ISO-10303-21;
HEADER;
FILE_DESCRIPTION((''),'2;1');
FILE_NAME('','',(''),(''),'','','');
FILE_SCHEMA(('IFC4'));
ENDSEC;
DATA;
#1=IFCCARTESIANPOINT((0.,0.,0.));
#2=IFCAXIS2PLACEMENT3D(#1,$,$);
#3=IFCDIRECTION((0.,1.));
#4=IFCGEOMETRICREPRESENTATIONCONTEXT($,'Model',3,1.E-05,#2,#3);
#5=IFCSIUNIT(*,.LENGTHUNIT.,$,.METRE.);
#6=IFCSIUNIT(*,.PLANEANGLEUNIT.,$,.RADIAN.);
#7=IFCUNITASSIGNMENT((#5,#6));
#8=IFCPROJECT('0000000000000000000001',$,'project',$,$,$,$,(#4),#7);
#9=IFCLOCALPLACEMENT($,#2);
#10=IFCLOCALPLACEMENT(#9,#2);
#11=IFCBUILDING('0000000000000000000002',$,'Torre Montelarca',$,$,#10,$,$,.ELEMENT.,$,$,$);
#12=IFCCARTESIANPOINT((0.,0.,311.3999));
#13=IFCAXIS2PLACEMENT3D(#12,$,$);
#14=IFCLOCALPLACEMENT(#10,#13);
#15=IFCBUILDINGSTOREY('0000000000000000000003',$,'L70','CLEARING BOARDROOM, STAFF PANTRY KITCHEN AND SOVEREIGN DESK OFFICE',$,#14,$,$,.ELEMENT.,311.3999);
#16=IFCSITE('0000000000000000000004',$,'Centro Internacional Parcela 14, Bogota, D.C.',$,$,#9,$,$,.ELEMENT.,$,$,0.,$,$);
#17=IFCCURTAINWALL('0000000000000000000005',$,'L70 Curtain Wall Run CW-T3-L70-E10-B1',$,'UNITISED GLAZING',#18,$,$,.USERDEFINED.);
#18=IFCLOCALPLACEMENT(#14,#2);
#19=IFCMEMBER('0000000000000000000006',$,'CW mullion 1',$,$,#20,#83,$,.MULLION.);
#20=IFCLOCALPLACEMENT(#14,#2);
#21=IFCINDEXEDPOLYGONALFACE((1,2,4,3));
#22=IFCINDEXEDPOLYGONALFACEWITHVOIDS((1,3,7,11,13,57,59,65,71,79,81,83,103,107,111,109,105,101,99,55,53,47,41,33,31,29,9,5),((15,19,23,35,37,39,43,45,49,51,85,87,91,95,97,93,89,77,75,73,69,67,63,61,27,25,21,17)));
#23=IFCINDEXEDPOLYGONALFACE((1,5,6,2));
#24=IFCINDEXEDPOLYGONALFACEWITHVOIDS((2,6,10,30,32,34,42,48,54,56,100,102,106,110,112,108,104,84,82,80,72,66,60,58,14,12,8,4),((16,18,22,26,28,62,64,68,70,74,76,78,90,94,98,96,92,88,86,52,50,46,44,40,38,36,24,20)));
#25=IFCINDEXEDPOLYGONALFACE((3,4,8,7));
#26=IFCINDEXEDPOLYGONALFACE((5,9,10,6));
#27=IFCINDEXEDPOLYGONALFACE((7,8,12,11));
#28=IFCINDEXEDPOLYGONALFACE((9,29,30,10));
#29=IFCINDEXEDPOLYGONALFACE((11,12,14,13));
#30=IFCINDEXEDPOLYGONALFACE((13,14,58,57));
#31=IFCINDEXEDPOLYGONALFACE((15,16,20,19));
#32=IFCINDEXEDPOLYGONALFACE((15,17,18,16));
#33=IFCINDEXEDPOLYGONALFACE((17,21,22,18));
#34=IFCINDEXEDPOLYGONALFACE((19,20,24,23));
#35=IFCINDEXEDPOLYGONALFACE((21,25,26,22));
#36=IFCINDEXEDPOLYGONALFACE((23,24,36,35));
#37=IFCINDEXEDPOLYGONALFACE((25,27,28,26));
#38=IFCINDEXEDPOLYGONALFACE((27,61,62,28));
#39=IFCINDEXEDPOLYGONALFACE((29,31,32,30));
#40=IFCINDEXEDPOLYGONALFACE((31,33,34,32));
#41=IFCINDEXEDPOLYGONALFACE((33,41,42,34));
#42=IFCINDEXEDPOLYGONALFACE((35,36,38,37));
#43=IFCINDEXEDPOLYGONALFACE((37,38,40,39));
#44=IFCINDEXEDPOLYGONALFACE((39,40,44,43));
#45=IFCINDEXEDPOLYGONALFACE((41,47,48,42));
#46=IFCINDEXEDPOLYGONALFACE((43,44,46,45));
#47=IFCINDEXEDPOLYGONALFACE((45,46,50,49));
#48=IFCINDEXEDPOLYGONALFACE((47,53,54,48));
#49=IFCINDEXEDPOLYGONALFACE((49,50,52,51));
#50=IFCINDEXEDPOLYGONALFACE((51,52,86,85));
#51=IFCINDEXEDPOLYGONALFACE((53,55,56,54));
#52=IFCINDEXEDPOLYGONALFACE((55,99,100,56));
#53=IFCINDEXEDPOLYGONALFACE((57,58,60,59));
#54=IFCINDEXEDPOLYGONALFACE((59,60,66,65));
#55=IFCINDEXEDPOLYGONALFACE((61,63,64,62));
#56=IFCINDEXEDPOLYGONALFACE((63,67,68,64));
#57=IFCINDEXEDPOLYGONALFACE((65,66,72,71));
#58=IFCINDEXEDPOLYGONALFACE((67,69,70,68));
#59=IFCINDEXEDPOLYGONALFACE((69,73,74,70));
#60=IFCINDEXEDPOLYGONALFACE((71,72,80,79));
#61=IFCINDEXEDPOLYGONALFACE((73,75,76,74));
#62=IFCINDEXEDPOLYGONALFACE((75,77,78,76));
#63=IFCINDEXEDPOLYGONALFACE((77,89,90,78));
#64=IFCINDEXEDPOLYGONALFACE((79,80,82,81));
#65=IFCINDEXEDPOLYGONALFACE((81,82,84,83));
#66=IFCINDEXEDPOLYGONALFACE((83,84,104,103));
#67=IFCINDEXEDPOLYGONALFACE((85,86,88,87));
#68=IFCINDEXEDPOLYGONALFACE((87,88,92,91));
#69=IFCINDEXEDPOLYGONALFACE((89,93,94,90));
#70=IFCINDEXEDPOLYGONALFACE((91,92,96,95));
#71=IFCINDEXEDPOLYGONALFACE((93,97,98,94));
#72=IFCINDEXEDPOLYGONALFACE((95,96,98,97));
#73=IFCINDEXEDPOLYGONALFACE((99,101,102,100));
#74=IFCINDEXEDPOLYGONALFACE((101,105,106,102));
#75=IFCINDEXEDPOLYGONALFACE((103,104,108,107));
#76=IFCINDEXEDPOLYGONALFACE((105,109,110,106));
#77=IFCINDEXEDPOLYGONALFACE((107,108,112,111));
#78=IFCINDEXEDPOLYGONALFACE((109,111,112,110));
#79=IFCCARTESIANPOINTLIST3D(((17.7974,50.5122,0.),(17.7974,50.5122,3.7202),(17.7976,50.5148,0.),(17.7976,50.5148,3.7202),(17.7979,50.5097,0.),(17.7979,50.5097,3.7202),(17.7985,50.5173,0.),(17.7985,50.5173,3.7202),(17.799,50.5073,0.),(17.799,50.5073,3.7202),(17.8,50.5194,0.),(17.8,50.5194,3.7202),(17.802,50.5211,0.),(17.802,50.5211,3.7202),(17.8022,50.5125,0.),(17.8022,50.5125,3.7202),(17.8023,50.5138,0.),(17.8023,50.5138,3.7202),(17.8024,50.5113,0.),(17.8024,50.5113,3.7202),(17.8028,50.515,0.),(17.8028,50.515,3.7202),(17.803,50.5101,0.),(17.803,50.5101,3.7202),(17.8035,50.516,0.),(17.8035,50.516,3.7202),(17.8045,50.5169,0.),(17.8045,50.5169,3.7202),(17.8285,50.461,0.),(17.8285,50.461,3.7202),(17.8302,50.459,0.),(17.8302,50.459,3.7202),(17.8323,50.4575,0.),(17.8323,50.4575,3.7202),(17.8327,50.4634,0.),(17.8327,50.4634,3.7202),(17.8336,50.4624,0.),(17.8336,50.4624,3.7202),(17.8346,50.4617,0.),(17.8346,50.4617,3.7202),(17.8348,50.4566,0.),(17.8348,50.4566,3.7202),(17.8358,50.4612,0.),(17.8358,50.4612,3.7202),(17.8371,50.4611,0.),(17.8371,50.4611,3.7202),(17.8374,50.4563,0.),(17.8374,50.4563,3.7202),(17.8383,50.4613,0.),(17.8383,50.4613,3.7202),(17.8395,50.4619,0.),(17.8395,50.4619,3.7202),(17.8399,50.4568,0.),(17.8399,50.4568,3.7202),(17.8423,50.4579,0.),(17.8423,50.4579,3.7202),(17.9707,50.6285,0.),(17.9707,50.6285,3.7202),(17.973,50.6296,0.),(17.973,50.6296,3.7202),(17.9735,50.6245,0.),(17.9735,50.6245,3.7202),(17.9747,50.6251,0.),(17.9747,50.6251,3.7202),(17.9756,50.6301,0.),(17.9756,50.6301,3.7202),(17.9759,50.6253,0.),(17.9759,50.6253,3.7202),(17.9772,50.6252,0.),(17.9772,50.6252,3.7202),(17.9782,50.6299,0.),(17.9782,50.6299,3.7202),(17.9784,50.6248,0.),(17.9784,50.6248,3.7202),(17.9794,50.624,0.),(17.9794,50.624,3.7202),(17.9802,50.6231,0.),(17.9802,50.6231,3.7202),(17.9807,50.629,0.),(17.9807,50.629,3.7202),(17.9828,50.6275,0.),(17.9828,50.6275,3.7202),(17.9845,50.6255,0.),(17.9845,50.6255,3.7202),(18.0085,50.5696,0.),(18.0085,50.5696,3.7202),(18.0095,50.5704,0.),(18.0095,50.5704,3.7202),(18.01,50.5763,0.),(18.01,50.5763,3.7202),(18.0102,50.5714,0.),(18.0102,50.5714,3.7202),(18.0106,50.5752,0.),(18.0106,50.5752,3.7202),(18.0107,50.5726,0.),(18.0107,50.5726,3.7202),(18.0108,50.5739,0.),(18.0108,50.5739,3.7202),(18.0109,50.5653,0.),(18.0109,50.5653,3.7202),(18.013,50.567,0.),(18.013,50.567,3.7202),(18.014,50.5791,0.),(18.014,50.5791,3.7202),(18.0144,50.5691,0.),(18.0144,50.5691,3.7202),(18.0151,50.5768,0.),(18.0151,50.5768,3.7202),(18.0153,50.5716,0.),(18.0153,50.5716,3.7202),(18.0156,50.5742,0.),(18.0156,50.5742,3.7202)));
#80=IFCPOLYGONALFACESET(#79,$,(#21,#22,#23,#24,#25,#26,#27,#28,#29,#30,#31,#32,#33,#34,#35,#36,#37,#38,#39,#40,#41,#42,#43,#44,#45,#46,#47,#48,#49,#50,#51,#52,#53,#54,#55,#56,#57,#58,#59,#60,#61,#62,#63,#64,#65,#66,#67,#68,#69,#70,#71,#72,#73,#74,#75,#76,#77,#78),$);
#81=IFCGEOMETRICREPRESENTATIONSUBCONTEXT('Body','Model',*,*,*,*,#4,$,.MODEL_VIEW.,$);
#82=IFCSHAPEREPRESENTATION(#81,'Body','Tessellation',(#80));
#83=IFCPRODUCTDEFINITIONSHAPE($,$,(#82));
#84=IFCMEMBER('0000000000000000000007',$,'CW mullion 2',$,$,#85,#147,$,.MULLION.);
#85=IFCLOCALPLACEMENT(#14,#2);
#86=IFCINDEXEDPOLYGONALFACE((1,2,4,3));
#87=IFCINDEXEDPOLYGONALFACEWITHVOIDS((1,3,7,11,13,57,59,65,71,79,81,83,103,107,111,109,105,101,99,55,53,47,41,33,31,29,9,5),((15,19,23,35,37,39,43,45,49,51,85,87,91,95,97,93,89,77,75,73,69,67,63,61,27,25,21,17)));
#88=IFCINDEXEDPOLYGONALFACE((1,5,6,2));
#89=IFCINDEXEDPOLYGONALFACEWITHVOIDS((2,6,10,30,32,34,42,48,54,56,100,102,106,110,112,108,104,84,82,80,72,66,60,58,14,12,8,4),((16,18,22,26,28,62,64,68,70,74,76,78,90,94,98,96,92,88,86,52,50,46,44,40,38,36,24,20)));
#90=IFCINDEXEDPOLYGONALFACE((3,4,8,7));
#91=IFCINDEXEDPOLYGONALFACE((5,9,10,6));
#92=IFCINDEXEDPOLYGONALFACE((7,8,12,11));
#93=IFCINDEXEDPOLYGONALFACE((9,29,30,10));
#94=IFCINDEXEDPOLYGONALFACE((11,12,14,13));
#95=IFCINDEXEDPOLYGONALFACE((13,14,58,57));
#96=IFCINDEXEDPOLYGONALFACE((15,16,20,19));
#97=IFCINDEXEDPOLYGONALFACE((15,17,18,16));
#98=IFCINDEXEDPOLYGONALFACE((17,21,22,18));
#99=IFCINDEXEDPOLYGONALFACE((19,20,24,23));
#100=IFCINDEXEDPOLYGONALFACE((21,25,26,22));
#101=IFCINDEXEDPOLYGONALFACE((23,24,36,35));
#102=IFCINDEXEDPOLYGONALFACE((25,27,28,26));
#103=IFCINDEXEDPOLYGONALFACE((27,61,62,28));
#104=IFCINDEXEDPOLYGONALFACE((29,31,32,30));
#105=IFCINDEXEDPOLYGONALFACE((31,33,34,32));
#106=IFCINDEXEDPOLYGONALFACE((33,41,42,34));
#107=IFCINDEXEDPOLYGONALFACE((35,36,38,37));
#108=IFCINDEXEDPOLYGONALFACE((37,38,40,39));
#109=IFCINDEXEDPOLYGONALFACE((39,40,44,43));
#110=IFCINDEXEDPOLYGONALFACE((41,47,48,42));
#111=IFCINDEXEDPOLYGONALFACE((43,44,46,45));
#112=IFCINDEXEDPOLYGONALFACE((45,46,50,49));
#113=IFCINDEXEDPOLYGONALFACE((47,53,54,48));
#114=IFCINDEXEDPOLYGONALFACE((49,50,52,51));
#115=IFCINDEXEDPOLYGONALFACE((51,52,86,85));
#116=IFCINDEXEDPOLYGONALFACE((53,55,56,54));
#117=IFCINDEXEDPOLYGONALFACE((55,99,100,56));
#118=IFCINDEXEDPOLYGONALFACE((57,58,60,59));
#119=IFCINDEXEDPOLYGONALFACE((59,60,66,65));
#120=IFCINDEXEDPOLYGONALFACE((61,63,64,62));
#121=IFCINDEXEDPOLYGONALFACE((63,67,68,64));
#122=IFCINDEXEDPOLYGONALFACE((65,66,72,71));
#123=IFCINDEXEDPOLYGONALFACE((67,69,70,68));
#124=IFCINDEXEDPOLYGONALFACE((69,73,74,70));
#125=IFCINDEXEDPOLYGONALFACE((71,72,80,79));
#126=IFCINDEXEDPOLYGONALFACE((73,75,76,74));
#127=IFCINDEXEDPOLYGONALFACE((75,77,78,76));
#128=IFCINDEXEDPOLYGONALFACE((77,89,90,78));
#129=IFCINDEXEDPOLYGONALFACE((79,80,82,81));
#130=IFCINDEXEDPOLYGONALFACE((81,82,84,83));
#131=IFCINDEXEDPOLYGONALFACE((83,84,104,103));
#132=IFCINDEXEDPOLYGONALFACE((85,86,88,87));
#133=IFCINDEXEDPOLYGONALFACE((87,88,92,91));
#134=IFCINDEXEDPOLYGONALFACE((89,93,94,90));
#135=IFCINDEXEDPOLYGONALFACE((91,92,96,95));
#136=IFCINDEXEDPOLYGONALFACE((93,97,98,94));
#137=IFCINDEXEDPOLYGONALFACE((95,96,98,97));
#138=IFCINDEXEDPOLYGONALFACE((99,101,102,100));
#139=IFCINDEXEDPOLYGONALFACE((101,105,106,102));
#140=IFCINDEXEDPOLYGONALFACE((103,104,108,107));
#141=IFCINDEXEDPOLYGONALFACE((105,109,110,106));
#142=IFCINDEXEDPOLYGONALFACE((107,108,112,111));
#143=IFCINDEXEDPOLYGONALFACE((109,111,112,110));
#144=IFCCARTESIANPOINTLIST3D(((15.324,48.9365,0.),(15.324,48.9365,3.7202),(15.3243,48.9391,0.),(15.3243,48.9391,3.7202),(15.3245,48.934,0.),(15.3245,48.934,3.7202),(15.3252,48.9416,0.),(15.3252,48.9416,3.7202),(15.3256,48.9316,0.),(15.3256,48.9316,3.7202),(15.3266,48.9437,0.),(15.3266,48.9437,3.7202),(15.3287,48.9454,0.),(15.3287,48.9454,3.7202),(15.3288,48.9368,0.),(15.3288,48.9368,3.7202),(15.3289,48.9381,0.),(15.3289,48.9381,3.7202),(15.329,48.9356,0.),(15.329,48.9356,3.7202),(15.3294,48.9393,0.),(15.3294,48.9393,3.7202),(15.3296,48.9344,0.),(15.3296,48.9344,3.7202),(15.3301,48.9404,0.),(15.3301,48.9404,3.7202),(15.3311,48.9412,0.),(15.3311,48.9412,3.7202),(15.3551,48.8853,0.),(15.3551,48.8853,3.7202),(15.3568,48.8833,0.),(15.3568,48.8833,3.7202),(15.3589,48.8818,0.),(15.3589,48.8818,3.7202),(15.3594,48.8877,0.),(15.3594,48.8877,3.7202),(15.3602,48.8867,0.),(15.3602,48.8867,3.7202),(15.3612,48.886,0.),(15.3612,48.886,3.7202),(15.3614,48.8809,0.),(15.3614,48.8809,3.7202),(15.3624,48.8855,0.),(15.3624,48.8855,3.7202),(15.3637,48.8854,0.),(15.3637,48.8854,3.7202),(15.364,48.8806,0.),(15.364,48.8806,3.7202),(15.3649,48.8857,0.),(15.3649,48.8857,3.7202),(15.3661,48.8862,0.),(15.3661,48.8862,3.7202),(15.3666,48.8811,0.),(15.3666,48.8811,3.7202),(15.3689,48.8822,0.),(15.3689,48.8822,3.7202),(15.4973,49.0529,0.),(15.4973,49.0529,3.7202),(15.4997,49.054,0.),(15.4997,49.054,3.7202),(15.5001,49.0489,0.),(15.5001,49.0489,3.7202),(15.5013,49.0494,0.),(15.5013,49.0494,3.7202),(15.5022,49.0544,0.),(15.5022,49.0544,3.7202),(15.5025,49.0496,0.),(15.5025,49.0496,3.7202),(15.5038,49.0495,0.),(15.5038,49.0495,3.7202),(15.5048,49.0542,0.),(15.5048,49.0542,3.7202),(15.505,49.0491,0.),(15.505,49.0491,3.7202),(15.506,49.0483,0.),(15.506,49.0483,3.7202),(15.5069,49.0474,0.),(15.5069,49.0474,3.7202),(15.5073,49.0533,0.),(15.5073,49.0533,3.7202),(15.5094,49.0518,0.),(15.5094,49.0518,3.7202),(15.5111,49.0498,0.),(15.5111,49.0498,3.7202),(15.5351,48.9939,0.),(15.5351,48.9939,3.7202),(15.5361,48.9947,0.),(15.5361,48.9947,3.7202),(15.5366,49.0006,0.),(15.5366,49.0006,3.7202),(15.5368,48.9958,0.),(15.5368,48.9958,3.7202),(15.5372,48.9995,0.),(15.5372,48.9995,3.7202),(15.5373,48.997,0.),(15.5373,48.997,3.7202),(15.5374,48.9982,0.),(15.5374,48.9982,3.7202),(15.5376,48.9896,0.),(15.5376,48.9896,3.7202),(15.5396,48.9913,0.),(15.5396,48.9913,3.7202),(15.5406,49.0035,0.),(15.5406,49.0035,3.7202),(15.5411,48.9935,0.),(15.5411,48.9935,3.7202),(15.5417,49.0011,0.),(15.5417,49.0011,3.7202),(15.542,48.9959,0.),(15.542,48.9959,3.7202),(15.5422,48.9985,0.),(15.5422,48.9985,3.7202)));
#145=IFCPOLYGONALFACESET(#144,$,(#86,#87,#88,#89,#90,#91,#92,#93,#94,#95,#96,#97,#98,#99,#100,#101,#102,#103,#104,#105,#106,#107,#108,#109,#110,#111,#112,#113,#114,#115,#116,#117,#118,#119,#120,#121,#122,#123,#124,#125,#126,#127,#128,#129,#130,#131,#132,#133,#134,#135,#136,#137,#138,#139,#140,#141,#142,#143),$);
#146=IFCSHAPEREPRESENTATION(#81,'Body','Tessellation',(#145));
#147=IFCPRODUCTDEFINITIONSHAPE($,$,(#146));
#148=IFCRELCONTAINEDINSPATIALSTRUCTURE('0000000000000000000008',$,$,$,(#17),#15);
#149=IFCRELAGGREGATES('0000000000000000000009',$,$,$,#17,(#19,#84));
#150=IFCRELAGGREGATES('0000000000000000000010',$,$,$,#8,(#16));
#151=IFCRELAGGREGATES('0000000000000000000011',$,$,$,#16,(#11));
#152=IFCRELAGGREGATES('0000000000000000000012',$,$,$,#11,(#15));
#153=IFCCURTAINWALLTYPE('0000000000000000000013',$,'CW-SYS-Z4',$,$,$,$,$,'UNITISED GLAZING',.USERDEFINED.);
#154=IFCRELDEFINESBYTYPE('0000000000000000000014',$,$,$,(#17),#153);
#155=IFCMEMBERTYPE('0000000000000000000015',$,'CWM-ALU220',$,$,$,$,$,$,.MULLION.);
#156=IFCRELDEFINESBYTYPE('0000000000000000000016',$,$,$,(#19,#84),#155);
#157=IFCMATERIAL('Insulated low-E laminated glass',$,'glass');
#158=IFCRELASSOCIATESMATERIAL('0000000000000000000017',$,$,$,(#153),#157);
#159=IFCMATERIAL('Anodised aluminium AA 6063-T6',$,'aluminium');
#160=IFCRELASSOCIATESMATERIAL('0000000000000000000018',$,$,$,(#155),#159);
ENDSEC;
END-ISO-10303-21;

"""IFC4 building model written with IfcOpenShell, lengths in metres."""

from ifc_helpers import new_model, si_unit, direction, frame, origin, origin_2d, place, context, subcontext, project, spatial, hollow_rectangle, extrude, source, transform, mapped, material, material_profile, profile_set, type_object, element, aggregate, save


model = new_model("IFC4")

# Units and contexts
model_context = context("Model", 3, precision=1e-05, world=origin(), true_north=direction((0.0, 1.0)))
body_context = subcontext(model_context, "Body", "Model", "MODEL_VIEW")
ifc_project = project(units=[si_unit("LENGTHUNIT", "METRE"), si_unit("PLANEANGLEUNIT", "RADIAN")], contexts=[model_context])

# Site, building, storey
site_placement = place(None, origin())
site = spatial("IfcSite", under=ifc_project, at=site_placement, Name="Centro Internacional Parcela 14, Bogota, D.C.", CompositionType="ELEMENT", RefElevation=0.0)
building_placement = place(site_placement, origin())
building = spatial("IfcBuilding", under=site, at=building_placement, Name="Torre Montelarca", CompositionType="ELEMENT")
storey_placement = place(building_placement, frame((0.0, 0.0, 311.3999)))
storey = spatial("IfcBuildingStorey", under=building, at=storey_placement, Name="L70", Description="CLEARING BOARDROOM, STAFF PANTRY KITCHEN AND SOVEREIGN DESK OFFICE", CompositionType="ELEMENT", Elevation=311.3999)

# Curtain wall, members
ifc_material_1 = material(Name="Insulated low-E laminated glass", Category="glass")
curtain_wall_type = type_object("IfcCurtainWallType", Name="CW-SYS-Z4", ElementType="UNITISED GLAZING", PredefinedType="USERDEFINED", material=ifc_material_1)
curtain_wall_placement = place(storey_placement, origin())
curtain_wall = element("IfcCurtainWall", 1, at=curtain_wall_placement, inside=storey, type_object=curtain_wall_type, Name="L70 Curtain Wall Run CW-T3-L70-E10-B1", ObjectType="UNITISED GLAZING", PredefinedType="USERDEFINED")
ifc_material_2 = material(Name="Anodised aluminium AA 6063-T6", Category="aluminium")
ifc_material_profile_1 = material_profile(ifc_material_2, hollow_rectangle(XDim=0.075, YDim=0.22, WallThickness=0.0049, InnerFilletRadius=0.0049, OuterFilletRadius=0.01, at=origin_2d()), Name="ALU75X220X5", Category="aluminium")
ifc_profile_set_1 = profile_set([ifc_material_profile_1], Name="Anodised aluminium AA 6063-T6")
member_type_1 = type_object("IfcMemberType", Name="CWM-ALU220", PredefinedType="MULLION", material=ifc_profile_set_1)
shared_shape_1 = source(origin(), body_context, "Body", "SweptSolid", [
    extrude(hollow_rectangle(XDim=0.075, YDim=0.22, WallThickness=0.0049, InnerFilletRadius=0.0049, OuterFilletRadius=0.01, at=origin_2d()), origin(), (0.0, 0.0, 1.0), 3.7202),
])
member_1_placement = place(storey_placement, frame((17.9065, 50.5432, 0.0), z_axis=(0.0, 0.0, 1.0), x_axis=(0.5373, -0.843391, 0.0)))
member_1 = element("IfcMember", 2, at=member_1_placement, type_object=member_type_1, Name="CW mullion 1", PredefinedType="MULLION", context=body_context, shape_type="MappedRepresentation", body=[
    mapped(shared_shape_1, transform((0.0, 0.0, 0.0), scale=1.0)),
])
member_2_placement = place(storey_placement, frame((15.4331, 48.9675, 0.0), z_axis=(0.0, 0.0, 1.0), x_axis=(0.5373, -0.843391, 0.0)))
member_2 = element("IfcMember", 3, at=member_2_placement, type_object=member_type_1, Name="CW mullion 2", PredefinedType="MULLION", context=body_context, shape_type="MappedRepresentation", body=[
    mapped(shared_shape_1, transform((0.0, 0.0, 0.0), scale=1.0)),
])
aggregate(curtain_wall, [member_1, member_2])

save(model, "model.ifc")
